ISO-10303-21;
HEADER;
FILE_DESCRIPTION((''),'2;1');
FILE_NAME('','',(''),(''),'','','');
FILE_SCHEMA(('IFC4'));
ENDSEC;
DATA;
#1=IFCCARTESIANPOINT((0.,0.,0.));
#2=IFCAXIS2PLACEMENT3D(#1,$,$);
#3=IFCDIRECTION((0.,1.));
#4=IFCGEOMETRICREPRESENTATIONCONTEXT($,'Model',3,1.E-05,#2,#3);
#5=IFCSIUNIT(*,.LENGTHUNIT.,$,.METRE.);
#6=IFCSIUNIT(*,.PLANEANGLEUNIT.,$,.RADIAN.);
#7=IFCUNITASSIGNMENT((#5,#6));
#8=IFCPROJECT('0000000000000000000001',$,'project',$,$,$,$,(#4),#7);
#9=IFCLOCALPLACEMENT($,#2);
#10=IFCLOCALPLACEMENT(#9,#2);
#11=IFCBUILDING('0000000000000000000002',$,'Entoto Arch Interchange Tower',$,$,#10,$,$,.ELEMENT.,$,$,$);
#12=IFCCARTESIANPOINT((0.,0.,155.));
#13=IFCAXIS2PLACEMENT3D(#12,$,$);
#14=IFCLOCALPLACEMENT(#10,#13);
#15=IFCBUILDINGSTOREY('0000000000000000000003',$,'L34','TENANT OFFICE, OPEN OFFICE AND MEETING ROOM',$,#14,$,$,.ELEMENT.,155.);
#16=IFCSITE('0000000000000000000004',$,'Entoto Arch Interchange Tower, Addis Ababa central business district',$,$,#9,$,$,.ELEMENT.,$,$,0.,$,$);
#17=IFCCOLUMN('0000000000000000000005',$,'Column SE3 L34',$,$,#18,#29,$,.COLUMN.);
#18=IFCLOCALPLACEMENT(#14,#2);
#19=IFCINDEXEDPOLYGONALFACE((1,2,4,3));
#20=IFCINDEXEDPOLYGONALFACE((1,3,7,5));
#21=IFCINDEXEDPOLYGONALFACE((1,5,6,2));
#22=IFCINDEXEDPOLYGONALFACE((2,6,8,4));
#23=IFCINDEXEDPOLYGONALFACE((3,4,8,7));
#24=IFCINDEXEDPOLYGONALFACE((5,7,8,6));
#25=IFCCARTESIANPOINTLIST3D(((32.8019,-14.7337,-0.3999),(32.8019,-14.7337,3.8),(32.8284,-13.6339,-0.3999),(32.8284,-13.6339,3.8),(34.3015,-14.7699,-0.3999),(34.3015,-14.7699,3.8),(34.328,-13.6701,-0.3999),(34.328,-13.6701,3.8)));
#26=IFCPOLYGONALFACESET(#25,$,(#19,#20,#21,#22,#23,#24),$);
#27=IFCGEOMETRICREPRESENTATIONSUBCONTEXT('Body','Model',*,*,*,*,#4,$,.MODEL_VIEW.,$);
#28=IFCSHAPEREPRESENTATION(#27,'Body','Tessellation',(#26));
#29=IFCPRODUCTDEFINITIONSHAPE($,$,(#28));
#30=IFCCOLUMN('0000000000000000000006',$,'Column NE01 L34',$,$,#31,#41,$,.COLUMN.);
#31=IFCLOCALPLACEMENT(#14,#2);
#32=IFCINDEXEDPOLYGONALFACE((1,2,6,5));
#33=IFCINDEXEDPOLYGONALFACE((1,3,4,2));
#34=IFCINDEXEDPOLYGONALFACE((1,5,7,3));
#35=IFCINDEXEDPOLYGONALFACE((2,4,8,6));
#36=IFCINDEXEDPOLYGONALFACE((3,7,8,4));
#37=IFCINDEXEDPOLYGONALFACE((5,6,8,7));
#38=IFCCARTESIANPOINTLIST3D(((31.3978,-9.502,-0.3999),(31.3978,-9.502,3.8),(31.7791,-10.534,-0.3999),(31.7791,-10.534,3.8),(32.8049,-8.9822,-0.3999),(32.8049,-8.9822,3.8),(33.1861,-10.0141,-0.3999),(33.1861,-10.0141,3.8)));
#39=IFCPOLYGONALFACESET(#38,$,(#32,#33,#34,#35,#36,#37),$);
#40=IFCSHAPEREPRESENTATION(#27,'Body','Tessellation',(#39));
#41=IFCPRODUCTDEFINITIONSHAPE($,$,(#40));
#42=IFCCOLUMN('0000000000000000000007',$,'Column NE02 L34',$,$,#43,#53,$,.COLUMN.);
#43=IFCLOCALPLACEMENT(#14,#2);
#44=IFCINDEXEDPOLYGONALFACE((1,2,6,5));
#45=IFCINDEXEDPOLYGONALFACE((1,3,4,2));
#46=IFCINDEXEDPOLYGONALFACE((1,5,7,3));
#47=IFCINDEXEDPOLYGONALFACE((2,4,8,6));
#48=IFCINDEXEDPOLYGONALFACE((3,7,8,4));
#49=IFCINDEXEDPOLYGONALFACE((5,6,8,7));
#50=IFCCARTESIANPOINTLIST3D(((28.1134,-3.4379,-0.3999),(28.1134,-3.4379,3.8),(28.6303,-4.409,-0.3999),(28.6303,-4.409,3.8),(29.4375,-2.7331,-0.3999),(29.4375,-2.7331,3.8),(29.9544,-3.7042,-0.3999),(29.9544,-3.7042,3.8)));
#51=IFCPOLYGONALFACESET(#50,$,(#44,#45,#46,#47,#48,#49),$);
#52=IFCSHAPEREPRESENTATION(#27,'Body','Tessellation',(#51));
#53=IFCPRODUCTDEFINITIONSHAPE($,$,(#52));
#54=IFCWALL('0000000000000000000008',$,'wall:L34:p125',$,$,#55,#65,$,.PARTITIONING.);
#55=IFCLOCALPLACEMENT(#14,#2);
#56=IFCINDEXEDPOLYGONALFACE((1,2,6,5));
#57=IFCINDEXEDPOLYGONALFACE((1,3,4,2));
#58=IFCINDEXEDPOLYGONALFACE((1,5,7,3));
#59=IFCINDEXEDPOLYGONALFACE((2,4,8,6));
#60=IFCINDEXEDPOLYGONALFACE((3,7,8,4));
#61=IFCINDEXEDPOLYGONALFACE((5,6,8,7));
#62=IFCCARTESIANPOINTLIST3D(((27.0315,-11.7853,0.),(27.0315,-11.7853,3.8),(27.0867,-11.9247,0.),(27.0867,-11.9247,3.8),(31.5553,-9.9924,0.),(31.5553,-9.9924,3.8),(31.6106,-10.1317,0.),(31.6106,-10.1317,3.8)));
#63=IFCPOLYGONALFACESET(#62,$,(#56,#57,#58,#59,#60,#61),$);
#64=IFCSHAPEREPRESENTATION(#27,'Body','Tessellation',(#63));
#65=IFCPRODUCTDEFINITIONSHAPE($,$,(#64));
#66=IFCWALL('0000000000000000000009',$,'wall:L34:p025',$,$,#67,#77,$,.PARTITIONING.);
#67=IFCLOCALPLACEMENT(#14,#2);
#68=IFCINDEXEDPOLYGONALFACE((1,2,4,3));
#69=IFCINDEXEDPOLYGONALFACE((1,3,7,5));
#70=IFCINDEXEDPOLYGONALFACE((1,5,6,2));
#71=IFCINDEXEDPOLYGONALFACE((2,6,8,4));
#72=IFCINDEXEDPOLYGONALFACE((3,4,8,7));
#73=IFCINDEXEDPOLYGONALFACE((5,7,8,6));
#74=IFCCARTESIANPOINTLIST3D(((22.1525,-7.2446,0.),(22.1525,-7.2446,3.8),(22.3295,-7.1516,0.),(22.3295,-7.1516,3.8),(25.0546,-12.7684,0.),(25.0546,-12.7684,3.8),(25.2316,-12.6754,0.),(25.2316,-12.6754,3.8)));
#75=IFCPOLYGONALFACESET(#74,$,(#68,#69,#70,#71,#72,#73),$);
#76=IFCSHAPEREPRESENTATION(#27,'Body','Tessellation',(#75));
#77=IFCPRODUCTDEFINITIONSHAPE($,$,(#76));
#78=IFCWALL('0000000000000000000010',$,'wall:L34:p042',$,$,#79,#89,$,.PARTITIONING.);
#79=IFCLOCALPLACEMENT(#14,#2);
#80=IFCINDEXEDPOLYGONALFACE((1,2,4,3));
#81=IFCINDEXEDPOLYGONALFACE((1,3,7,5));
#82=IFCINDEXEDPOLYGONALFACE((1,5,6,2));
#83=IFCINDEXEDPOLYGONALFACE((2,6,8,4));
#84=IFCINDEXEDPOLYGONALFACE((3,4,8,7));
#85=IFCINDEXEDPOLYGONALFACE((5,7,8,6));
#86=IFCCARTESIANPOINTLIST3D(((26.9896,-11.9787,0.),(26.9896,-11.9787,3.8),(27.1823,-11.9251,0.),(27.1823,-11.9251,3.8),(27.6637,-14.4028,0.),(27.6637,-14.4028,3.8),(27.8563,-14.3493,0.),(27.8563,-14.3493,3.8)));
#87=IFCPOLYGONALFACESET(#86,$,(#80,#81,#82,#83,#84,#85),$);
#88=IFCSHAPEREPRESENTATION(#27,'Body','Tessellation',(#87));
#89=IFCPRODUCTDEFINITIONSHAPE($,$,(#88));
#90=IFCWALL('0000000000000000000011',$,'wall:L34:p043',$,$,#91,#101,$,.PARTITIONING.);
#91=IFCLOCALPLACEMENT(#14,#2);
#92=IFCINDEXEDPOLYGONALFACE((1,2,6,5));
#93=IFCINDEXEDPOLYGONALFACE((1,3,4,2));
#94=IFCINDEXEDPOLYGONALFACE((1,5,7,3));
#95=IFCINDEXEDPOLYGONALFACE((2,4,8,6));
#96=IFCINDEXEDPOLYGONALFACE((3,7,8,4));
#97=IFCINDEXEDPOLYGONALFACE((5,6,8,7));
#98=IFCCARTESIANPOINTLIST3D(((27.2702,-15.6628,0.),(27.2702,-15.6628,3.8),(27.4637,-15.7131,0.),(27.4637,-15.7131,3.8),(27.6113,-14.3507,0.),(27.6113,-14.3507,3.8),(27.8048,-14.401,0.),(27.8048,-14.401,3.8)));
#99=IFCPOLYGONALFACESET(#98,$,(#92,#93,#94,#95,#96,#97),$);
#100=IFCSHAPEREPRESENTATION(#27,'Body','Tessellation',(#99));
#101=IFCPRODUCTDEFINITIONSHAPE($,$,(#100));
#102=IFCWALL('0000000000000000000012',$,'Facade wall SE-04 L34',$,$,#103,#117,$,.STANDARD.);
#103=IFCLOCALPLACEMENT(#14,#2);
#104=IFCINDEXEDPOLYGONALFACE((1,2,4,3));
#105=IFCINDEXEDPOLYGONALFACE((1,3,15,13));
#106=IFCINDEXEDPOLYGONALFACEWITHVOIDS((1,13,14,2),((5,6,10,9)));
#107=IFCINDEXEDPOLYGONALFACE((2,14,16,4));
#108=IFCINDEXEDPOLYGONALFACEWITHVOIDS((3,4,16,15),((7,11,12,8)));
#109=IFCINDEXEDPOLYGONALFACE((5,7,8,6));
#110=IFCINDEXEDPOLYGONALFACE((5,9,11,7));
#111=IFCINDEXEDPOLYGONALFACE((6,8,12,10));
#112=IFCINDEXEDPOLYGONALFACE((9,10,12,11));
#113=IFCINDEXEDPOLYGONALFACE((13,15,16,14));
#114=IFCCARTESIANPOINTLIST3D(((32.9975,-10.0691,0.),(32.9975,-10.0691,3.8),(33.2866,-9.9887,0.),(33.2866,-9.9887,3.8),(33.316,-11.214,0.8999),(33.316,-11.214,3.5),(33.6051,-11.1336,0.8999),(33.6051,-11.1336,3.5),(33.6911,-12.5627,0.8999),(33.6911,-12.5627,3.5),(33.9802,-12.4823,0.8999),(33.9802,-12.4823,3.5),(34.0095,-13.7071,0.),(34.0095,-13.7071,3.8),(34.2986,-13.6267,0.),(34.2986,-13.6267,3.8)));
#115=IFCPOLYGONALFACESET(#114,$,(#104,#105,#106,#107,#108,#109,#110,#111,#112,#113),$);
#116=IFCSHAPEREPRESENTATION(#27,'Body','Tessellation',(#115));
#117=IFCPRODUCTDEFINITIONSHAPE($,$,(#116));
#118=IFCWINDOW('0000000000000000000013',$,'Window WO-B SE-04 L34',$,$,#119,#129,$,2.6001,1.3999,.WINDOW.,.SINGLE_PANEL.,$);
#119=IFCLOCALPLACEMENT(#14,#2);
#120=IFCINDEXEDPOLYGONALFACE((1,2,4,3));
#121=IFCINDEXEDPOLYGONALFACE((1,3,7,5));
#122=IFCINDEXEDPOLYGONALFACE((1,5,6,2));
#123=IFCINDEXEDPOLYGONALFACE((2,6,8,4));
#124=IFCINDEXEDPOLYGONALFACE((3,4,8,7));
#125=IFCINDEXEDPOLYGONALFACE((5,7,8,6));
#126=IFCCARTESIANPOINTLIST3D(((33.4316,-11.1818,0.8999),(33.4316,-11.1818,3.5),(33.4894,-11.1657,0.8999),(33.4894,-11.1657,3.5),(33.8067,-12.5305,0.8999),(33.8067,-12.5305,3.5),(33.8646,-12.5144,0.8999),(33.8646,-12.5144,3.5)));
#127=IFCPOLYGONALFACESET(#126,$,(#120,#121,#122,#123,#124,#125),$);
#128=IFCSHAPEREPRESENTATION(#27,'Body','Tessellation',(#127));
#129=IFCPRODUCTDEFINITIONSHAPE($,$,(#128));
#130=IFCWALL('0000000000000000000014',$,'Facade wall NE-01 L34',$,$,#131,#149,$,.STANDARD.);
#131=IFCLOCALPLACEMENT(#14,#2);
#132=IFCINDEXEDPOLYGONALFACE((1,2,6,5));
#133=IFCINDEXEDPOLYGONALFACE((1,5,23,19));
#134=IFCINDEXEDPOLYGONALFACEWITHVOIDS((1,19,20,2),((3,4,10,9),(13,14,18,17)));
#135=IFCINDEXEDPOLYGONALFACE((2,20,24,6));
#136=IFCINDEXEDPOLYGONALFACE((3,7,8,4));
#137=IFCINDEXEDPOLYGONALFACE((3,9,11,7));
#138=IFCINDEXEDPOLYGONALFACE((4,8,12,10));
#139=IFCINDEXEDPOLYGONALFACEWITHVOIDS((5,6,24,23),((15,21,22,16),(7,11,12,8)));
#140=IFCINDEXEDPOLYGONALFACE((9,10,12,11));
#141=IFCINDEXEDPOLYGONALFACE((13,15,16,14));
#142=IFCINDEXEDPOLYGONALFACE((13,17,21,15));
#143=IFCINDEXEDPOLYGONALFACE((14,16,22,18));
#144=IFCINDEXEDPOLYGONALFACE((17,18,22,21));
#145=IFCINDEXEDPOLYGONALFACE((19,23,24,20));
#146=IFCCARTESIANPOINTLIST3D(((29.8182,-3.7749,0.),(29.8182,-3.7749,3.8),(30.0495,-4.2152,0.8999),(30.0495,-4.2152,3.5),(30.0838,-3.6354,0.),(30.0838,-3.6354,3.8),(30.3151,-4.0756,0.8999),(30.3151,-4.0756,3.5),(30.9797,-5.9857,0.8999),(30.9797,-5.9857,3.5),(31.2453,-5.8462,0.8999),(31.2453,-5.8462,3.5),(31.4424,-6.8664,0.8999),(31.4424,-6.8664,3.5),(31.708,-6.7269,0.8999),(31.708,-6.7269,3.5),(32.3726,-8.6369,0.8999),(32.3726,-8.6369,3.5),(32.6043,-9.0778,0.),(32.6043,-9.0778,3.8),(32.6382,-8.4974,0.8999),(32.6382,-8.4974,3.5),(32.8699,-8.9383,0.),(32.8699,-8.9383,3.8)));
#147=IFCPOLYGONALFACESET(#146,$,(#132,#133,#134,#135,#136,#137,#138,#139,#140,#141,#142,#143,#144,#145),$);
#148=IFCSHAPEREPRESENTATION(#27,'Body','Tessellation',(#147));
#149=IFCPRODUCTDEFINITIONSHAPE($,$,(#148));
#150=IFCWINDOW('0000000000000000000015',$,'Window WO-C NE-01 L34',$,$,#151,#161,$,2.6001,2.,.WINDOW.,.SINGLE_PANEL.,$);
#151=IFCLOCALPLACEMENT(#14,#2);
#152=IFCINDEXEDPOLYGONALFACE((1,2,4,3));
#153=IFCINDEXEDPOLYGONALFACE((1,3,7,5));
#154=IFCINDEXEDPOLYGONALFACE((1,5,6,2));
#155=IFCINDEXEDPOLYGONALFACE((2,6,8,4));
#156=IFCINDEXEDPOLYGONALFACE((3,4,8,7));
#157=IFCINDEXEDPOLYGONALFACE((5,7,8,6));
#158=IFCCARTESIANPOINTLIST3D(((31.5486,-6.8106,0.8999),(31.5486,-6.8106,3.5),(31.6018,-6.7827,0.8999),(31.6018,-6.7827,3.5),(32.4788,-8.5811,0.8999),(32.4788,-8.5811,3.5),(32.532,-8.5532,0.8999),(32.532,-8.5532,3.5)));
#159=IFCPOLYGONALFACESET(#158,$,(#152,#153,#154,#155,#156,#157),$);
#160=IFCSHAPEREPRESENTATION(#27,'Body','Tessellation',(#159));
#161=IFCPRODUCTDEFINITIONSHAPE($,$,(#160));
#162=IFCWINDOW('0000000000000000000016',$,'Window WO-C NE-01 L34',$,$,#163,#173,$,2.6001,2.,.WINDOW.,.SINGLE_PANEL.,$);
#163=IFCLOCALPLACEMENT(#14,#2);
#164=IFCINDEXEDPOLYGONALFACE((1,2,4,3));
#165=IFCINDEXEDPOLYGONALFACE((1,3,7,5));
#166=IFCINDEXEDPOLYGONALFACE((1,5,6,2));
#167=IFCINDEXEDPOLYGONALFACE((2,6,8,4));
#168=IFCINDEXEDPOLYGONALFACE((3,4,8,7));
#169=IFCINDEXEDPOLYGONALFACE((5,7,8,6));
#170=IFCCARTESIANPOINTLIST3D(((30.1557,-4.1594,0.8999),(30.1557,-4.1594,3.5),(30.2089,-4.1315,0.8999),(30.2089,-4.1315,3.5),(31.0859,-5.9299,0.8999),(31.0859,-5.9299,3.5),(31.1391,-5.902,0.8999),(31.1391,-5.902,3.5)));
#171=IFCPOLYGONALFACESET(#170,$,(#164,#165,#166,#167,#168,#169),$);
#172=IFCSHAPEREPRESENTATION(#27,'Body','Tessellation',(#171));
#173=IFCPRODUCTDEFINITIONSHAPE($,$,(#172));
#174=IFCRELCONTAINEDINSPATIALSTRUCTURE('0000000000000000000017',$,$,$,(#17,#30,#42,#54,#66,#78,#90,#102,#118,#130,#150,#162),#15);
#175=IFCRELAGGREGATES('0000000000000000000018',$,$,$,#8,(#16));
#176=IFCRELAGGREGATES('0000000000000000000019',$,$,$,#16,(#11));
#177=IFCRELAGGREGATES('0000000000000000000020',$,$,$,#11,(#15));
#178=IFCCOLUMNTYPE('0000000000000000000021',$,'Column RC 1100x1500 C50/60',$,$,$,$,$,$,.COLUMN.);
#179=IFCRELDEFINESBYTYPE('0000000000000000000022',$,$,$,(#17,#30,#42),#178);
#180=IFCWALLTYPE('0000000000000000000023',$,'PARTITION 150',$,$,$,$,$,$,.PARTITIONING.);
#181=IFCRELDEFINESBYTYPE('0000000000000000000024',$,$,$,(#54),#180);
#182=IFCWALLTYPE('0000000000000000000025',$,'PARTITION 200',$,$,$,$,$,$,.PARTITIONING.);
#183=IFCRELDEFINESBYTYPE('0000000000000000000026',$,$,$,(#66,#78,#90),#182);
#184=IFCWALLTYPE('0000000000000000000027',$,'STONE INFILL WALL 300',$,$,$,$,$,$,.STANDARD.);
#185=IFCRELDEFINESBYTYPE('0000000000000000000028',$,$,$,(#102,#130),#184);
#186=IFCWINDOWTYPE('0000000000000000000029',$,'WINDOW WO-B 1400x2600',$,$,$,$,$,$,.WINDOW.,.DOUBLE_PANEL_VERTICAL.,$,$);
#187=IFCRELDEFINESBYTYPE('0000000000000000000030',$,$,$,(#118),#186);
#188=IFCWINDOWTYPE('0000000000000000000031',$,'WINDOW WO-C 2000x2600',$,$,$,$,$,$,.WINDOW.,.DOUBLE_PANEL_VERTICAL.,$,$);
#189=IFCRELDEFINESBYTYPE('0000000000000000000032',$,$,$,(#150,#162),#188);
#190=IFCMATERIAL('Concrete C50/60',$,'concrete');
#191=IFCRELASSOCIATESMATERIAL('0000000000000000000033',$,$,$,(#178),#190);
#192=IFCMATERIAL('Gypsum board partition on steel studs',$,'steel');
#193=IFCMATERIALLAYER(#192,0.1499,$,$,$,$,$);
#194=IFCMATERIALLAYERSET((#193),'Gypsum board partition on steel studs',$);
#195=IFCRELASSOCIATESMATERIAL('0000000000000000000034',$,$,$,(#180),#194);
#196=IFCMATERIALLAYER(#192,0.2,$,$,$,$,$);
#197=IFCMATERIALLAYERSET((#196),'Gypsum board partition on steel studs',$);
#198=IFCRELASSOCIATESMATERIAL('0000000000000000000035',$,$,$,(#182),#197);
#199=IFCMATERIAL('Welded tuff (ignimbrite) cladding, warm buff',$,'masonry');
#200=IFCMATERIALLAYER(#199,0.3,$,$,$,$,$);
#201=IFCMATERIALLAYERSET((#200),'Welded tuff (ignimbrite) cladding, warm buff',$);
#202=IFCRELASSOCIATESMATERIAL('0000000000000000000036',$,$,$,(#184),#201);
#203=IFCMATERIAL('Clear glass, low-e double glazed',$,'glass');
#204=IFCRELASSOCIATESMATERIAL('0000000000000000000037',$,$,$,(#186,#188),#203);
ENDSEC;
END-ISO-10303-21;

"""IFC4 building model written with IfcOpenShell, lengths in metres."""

from ifc_helpers import new_model, si_unit, direction, frame, frame_2d, origin, origin_2d, place, context, subcontext, project, spatial, rectangle, extrude, material, layer, layer_set, material_profile, profile_set, type_object, element, fill, save


model = new_model("IFC4")

# Units and contexts
model_context = context("Model", 3, precision=1e-05, world=origin(), true_north=direction((0.0, 1.0)))
body_context = subcontext(model_context, "Body", "Model", "MODEL_VIEW")
ifc_project = project(units=[si_unit("LENGTHUNIT", "METRE"), si_unit("PLANEANGLEUNIT", "RADIAN")], contexts=[model_context])

# Site, building, storey
site_placement = place(None, origin())
site = spatial("IfcSite", under=ifc_project, at=site_placement, Name="Entoto Arch Interchange Tower, Addis Ababa central business district", CompositionType="ELEMENT", RefElevation=0.0)
building_placement = place(site_placement, origin())
building = spatial("IfcBuilding", under=site, at=building_placement, Name="Entoto Arch Interchange Tower", CompositionType="ELEMENT")
storey_placement = place(building_placement, frame((0.0, 0.0, 155.0)))
storey = spatial("IfcBuildingStorey", under=building, at=storey_placement, Name="L34", Description="TENANT OFFICE, OPEN OFFICE AND MEETING ROOM", CompositionType="ELEMENT", Elevation=155.0)

# Columns
ifc_material_1 = material(Name="Concrete C50/60", Category="concrete")
ifc_material_profile = material_profile(ifc_material_1, rectangle(XDim=1.1001, YDim=1.5, at=origin_2d()))
ifc_profile_set = profile_set([ifc_material_profile], Name="Concrete C50/60")
column_type = type_object("IfcColumnType", Name="Column RC 1100x1500 C50/60", PredefinedType="COLUMN", material=ifc_profile_set)
for number, where, z_axis, x_axis, name in (
    (1, (33.5649, -14.2019, -0.3999), (0.0, 0.0, 1.0), (0.024118, 0.999709, 0.0), "Column SE3 L34"),
    (2, (32.292, -9.7581, -0.3999), (0.0, 0.0, 1.0), (-0.346592, 0.938016, 0.0), "Column NE01 L34"),
    (3, (29.0339, -3.571, -0.3999), (0.0, 0.0, 1.0), (-0.469857, 0.882743, 0.0), "Column NE02 L34"),
):
    element("IfcColumn", number, at=place(storey_placement, frame(where, z_axis=z_axis, x_axis=x_axis)), inside=storey, type_object=column_type, Name=name, PredefinedType="COLUMN", context=body_context, shape_type="SweptSolid", body=[
        extrude(rectangle(XDim=1.1001, YDim=1.5, at=origin_2d()), origin(), (0.0, 0.0, 1.0), 4.2),
    ])

# Walls
ifc_material_2 = material(Name="Gypsum board partition on steel studs", Category="steel")
ifc_layer_1 = layer(ifc_material_2, 0.1499)
ifc_layer_set_1 = layer_set([ifc_layer_1], Name="Gypsum board partition on steel studs")
wall_type_1 = type_object("IfcWallType", Name="PARTITION 150", PredefinedType="PARTITIONING", material=ifc_layer_set_1)
wall_1_placement = place(storey_placement, frame((27.0591, -11.855, 0.0), z_axis=(0.0, 0.0, 1.0), x_axis=(0.929648, 0.368448, 0.0)))
element("IfcWall", 4, at=wall_1_placement, inside=storey, type_object=wall_type_1, Name="wall:L34:p125", PredefinedType="PARTITIONING", context=body_context, shape_type="SweptSolid", body=[
    extrude(rectangle(XDim=4.8662, YDim=0.1499, at=frame_2d((2.4331, 0.0))), origin(), (0.0, 0.0, 1.0), 3.8),
])
ifc_layer_2 = layer(ifc_material_2, 0.2)
ifc_layer_set_2 = layer_set([ifc_layer_2], Name="Gypsum board partition on steel studs")
wall_type_2 = type_object("IfcWallType", Name="PARTITION 200", PredefinedType="PARTITIONING", material=ifc_layer_set_2)
wall_2_placement = place(storey_placement, frame((25.1431, -12.7219, 0.0), z_axis=(0.0, 0.0, 1.0), x_axis=(-0.46509, 0.885263, 0.0)))
element("IfcWall", 5, at=wall_2_placement, inside=storey, type_object=wall_type_2, Name="wall:L34:p025", PredefinedType="PARTITIONING", context=body_context, shape_type="SweptSolid", body=[
    extrude(rectangle(XDim=6.2397, YDim=0.2, at=frame_2d((3.1199, 0.0))), origin(), (0.0, 0.0, 1.0), 3.8),
])
wall_3_placement = place(storey_placement, frame((27.0859, -11.9519, 0.0), z_axis=(0.0, 0.0, 1.0), x_axis=(0.267909, -0.963444, 0.0)))
element("IfcWall", 6, at=wall_3_placement, inside=storey, type_object=wall_type_2, Name="wall:L34:p042", PredefinedType="PARTITIONING", context=body_context, shape_type="SweptSolid", body=[
    extrude(rectangle(XDim=2.5161, YDim=0.2, at=frame_2d((1.2581, 0.0))), origin(), (0.0, 0.0, 1.0), 3.8),
])
wall_4_placement = place(storey_placement, frame((27.708, -14.376, 0.0), z_axis=(0.0, 0.0, 1.0), x_axis=(-0.251593, -0.967833, 0.0)))
element("IfcWall", 7, at=wall_4_placement, inside=storey, type_object=wall_type_2, Name="wall:L34:p043", PredefinedType="PARTITIONING", context=body_context, shape_type="SweptSolid", body=[
    extrude(rectangle(XDim=1.3557, YDim=0.2, at=frame_2d((0.6777, 0.0))), origin(), (0.0, 0.0, 1.0), 3.8),
])

# Wall, opening, window
ifc_material_3 = material(Name="Welded tuff (ignimbrite) cladding, warm buff", Category="masonry")
ifc_layer_3 = layer(ifc_material_3, 0.3)
ifc_layer_set_3 = layer_set([ifc_layer_3], Name="Welded tuff (ignimbrite) cladding, warm buff")
wall_type_3 = type_object("IfcWallType", Name="STONE INFILL WALL 300", PredefinedType="STANDARD", material=ifc_layer_set_3)
wall_5_placement = place(storey_placement, frame((34.1541, -13.667, 0.0), z_axis=(0.0, 0.0, 1.0), x_axis=(-0.267994, 0.963421, 0.0)))
wall_5 = element("IfcWall", 8, at=wall_5_placement, inside=storey, type_object=wall_type_3, Name="Facade wall SE-04 L34", PredefinedType="STANDARD", context=body_context, shape_type="SweptSolid", body=[
    extrude(rectangle(XDim=3.7761, YDim=0.3, at=frame_2d((1.8882, 0.0))), origin(), (0.0, 0.0, 1.0), 3.8),
])
opening_1_placement = place(wall_5_placement, frame((1.188, 0.0, 0.8999)))
opening_1 = element("IfcOpeningElement", 9, at=opening_1_placement, cuts=wall_5, PredefinedType="OPENING", context=body_context, shape_type="SweptSolid", body=[
    extrude(rectangle(XDim=1.3999, YDim=2.6001, at=frame_2d((0.7, 1.3))), frame((0.0, 0.1602, 0.0), z_axis=(0.0, -1.0, 0.0), x_axis=(1.0, 0.0, 0.0)), (0.0, 0.0, 1.0), 0.3201),
])
ifc_material_4 = material(Name="Clear glass, low-e double glazed", Category="glass")
window_type_1 = type_object("IfcWindowType", Name="WINDOW WO-B 1400x2600", PartitioningType="DOUBLE_PANEL_VERTICAL", PredefinedType="WINDOW", material=ifc_material_4)
window_1_placement = place(opening_1_placement, origin())
window_1 = element("IfcWindow", 10, at=window_1_placement, inside=storey, type_object=window_type_1, Name="Window WO-B SE-04 L34", OverallHeight=2.6001, OverallWidth=1.3999, PartitioningType="SINGLE_PANEL", PredefinedType="WINDOW", context=body_context, shape_type="SweptSolid", body=[
    extrude(rectangle(XDim=1.3999, YDim=2.6001, at=frame_2d((0.7, 1.3))), frame((0.0, 0.03, 0.0), z_axis=(0.0, -1.0, 0.0), x_axis=(1.0, 0.0, 0.0)), (0.0, 0.0, 1.0), 0.0601),
])
fill(opening_1, window_1)

# Wall, openings, windows
wall_6_placement = place(storey_placement, frame((32.7371, -9.0081, 0.0), z_axis=(0.0, 0.0, 1.0), x_axis=(-0.465105, 0.885256, 0.0)))
wall_6 = element("IfcWall", 11, at=wall_6_placement, inside=storey, type_object=wall_type_3, Name="Facade wall NE-01 L34", PredefinedType="STANDARD", context=body_context, shape_type="SweptSolid", body=[
    extrude(rectangle(XDim=5.9902, YDim=0.3, at=frame_2d((2.9951, 0.0))), origin(), (0.0, 0.0, 1.0), 3.8),
])
opening_2_placement = place(wall_6_placement, frame((0.498, 0.0, 0.8999)))
opening_2 = element("IfcOpeningElement", 12, at=opening_2_placement, cuts=wall_6, PredefinedType="OPENING", context=body_context, shape_type="SweptSolid", body=[
    extrude(rectangle(XDim=2.0, YDim=2.6001, at=frame_2d((1.0, 1.3))), frame((0.0, 0.1602, 0.0), z_axis=(0.0, -1.0, 0.0), x_axis=(1.0, 0.0, 0.0)), (0.0, 0.0, 1.0), 0.3201),
])
opening_3_placement = place(wall_6_placement, frame((3.4929, 0.0, 0.8999)))
opening_3 = element("IfcOpeningElement", 13, at=opening_3_placement, cuts=wall_6, PredefinedType="OPENING", context=body_context, shape_type="SweptSolid", body=[
    extrude(rectangle(XDim=2.0, YDim=2.6001, at=frame_2d((1.0, 1.3))), frame((0.0, 0.1602, 0.0), z_axis=(0.0, -1.0, 0.0), x_axis=(1.0, 0.0, 0.0)), (0.0, 0.0, 1.0), 0.3201),
])
window_type_2 = type_object("IfcWindowType", Name="WINDOW WO-C 2000x2600", PartitioningType="DOUBLE_PANEL_VERTICAL", PredefinedType="WINDOW", material=ifc_material_4)
window_2_placement = place(opening_2_placement, origin())
window_2 = element("IfcWindow", 14, at=window_2_placement, inside=storey, type_object=window_type_2, Name="Window WO-C NE-01 L34", OverallHeight=2.6001, OverallWidth=2.0, PartitioningType="SINGLE_PANEL", PredefinedType="WINDOW", context=body_context, shape_type="SweptSolid", body=[
    extrude(rectangle(XDim=2.0, YDim=2.6001, at=frame_2d((1.0, 1.3))), frame((0.0, 0.03, 0.0), z_axis=(0.0, -1.0, 0.0), x_axis=(1.0, 0.0, 0.0)), (0.0, 0.0, 1.0), 0.0601),
])
fill(opening_2, window_2)
window_3_placement = place(opening_3_placement, origin())
window_3 = element("IfcWindow", 15, at=window_3_placement, inside=storey, type_object=window_type_2, Name="Window WO-C NE-01 L34", OverallHeight=2.6001, OverallWidth=2.0, PartitioningType="SINGLE_PANEL", PredefinedType="WINDOW", context=body_context, shape_type="SweptSolid", body=[
    extrude(rectangle(XDim=2.0, YDim=2.6001, at=frame_2d((1.0, 1.3))), frame((0.0, 0.03, 0.0), z_axis=(0.0, -1.0, 0.0), x_axis=(1.0, 0.0, 0.0)), (0.0, 0.0, 1.0), 0.0601),
])
fill(opening_3, window_3)

save(model, "model.ifc")
